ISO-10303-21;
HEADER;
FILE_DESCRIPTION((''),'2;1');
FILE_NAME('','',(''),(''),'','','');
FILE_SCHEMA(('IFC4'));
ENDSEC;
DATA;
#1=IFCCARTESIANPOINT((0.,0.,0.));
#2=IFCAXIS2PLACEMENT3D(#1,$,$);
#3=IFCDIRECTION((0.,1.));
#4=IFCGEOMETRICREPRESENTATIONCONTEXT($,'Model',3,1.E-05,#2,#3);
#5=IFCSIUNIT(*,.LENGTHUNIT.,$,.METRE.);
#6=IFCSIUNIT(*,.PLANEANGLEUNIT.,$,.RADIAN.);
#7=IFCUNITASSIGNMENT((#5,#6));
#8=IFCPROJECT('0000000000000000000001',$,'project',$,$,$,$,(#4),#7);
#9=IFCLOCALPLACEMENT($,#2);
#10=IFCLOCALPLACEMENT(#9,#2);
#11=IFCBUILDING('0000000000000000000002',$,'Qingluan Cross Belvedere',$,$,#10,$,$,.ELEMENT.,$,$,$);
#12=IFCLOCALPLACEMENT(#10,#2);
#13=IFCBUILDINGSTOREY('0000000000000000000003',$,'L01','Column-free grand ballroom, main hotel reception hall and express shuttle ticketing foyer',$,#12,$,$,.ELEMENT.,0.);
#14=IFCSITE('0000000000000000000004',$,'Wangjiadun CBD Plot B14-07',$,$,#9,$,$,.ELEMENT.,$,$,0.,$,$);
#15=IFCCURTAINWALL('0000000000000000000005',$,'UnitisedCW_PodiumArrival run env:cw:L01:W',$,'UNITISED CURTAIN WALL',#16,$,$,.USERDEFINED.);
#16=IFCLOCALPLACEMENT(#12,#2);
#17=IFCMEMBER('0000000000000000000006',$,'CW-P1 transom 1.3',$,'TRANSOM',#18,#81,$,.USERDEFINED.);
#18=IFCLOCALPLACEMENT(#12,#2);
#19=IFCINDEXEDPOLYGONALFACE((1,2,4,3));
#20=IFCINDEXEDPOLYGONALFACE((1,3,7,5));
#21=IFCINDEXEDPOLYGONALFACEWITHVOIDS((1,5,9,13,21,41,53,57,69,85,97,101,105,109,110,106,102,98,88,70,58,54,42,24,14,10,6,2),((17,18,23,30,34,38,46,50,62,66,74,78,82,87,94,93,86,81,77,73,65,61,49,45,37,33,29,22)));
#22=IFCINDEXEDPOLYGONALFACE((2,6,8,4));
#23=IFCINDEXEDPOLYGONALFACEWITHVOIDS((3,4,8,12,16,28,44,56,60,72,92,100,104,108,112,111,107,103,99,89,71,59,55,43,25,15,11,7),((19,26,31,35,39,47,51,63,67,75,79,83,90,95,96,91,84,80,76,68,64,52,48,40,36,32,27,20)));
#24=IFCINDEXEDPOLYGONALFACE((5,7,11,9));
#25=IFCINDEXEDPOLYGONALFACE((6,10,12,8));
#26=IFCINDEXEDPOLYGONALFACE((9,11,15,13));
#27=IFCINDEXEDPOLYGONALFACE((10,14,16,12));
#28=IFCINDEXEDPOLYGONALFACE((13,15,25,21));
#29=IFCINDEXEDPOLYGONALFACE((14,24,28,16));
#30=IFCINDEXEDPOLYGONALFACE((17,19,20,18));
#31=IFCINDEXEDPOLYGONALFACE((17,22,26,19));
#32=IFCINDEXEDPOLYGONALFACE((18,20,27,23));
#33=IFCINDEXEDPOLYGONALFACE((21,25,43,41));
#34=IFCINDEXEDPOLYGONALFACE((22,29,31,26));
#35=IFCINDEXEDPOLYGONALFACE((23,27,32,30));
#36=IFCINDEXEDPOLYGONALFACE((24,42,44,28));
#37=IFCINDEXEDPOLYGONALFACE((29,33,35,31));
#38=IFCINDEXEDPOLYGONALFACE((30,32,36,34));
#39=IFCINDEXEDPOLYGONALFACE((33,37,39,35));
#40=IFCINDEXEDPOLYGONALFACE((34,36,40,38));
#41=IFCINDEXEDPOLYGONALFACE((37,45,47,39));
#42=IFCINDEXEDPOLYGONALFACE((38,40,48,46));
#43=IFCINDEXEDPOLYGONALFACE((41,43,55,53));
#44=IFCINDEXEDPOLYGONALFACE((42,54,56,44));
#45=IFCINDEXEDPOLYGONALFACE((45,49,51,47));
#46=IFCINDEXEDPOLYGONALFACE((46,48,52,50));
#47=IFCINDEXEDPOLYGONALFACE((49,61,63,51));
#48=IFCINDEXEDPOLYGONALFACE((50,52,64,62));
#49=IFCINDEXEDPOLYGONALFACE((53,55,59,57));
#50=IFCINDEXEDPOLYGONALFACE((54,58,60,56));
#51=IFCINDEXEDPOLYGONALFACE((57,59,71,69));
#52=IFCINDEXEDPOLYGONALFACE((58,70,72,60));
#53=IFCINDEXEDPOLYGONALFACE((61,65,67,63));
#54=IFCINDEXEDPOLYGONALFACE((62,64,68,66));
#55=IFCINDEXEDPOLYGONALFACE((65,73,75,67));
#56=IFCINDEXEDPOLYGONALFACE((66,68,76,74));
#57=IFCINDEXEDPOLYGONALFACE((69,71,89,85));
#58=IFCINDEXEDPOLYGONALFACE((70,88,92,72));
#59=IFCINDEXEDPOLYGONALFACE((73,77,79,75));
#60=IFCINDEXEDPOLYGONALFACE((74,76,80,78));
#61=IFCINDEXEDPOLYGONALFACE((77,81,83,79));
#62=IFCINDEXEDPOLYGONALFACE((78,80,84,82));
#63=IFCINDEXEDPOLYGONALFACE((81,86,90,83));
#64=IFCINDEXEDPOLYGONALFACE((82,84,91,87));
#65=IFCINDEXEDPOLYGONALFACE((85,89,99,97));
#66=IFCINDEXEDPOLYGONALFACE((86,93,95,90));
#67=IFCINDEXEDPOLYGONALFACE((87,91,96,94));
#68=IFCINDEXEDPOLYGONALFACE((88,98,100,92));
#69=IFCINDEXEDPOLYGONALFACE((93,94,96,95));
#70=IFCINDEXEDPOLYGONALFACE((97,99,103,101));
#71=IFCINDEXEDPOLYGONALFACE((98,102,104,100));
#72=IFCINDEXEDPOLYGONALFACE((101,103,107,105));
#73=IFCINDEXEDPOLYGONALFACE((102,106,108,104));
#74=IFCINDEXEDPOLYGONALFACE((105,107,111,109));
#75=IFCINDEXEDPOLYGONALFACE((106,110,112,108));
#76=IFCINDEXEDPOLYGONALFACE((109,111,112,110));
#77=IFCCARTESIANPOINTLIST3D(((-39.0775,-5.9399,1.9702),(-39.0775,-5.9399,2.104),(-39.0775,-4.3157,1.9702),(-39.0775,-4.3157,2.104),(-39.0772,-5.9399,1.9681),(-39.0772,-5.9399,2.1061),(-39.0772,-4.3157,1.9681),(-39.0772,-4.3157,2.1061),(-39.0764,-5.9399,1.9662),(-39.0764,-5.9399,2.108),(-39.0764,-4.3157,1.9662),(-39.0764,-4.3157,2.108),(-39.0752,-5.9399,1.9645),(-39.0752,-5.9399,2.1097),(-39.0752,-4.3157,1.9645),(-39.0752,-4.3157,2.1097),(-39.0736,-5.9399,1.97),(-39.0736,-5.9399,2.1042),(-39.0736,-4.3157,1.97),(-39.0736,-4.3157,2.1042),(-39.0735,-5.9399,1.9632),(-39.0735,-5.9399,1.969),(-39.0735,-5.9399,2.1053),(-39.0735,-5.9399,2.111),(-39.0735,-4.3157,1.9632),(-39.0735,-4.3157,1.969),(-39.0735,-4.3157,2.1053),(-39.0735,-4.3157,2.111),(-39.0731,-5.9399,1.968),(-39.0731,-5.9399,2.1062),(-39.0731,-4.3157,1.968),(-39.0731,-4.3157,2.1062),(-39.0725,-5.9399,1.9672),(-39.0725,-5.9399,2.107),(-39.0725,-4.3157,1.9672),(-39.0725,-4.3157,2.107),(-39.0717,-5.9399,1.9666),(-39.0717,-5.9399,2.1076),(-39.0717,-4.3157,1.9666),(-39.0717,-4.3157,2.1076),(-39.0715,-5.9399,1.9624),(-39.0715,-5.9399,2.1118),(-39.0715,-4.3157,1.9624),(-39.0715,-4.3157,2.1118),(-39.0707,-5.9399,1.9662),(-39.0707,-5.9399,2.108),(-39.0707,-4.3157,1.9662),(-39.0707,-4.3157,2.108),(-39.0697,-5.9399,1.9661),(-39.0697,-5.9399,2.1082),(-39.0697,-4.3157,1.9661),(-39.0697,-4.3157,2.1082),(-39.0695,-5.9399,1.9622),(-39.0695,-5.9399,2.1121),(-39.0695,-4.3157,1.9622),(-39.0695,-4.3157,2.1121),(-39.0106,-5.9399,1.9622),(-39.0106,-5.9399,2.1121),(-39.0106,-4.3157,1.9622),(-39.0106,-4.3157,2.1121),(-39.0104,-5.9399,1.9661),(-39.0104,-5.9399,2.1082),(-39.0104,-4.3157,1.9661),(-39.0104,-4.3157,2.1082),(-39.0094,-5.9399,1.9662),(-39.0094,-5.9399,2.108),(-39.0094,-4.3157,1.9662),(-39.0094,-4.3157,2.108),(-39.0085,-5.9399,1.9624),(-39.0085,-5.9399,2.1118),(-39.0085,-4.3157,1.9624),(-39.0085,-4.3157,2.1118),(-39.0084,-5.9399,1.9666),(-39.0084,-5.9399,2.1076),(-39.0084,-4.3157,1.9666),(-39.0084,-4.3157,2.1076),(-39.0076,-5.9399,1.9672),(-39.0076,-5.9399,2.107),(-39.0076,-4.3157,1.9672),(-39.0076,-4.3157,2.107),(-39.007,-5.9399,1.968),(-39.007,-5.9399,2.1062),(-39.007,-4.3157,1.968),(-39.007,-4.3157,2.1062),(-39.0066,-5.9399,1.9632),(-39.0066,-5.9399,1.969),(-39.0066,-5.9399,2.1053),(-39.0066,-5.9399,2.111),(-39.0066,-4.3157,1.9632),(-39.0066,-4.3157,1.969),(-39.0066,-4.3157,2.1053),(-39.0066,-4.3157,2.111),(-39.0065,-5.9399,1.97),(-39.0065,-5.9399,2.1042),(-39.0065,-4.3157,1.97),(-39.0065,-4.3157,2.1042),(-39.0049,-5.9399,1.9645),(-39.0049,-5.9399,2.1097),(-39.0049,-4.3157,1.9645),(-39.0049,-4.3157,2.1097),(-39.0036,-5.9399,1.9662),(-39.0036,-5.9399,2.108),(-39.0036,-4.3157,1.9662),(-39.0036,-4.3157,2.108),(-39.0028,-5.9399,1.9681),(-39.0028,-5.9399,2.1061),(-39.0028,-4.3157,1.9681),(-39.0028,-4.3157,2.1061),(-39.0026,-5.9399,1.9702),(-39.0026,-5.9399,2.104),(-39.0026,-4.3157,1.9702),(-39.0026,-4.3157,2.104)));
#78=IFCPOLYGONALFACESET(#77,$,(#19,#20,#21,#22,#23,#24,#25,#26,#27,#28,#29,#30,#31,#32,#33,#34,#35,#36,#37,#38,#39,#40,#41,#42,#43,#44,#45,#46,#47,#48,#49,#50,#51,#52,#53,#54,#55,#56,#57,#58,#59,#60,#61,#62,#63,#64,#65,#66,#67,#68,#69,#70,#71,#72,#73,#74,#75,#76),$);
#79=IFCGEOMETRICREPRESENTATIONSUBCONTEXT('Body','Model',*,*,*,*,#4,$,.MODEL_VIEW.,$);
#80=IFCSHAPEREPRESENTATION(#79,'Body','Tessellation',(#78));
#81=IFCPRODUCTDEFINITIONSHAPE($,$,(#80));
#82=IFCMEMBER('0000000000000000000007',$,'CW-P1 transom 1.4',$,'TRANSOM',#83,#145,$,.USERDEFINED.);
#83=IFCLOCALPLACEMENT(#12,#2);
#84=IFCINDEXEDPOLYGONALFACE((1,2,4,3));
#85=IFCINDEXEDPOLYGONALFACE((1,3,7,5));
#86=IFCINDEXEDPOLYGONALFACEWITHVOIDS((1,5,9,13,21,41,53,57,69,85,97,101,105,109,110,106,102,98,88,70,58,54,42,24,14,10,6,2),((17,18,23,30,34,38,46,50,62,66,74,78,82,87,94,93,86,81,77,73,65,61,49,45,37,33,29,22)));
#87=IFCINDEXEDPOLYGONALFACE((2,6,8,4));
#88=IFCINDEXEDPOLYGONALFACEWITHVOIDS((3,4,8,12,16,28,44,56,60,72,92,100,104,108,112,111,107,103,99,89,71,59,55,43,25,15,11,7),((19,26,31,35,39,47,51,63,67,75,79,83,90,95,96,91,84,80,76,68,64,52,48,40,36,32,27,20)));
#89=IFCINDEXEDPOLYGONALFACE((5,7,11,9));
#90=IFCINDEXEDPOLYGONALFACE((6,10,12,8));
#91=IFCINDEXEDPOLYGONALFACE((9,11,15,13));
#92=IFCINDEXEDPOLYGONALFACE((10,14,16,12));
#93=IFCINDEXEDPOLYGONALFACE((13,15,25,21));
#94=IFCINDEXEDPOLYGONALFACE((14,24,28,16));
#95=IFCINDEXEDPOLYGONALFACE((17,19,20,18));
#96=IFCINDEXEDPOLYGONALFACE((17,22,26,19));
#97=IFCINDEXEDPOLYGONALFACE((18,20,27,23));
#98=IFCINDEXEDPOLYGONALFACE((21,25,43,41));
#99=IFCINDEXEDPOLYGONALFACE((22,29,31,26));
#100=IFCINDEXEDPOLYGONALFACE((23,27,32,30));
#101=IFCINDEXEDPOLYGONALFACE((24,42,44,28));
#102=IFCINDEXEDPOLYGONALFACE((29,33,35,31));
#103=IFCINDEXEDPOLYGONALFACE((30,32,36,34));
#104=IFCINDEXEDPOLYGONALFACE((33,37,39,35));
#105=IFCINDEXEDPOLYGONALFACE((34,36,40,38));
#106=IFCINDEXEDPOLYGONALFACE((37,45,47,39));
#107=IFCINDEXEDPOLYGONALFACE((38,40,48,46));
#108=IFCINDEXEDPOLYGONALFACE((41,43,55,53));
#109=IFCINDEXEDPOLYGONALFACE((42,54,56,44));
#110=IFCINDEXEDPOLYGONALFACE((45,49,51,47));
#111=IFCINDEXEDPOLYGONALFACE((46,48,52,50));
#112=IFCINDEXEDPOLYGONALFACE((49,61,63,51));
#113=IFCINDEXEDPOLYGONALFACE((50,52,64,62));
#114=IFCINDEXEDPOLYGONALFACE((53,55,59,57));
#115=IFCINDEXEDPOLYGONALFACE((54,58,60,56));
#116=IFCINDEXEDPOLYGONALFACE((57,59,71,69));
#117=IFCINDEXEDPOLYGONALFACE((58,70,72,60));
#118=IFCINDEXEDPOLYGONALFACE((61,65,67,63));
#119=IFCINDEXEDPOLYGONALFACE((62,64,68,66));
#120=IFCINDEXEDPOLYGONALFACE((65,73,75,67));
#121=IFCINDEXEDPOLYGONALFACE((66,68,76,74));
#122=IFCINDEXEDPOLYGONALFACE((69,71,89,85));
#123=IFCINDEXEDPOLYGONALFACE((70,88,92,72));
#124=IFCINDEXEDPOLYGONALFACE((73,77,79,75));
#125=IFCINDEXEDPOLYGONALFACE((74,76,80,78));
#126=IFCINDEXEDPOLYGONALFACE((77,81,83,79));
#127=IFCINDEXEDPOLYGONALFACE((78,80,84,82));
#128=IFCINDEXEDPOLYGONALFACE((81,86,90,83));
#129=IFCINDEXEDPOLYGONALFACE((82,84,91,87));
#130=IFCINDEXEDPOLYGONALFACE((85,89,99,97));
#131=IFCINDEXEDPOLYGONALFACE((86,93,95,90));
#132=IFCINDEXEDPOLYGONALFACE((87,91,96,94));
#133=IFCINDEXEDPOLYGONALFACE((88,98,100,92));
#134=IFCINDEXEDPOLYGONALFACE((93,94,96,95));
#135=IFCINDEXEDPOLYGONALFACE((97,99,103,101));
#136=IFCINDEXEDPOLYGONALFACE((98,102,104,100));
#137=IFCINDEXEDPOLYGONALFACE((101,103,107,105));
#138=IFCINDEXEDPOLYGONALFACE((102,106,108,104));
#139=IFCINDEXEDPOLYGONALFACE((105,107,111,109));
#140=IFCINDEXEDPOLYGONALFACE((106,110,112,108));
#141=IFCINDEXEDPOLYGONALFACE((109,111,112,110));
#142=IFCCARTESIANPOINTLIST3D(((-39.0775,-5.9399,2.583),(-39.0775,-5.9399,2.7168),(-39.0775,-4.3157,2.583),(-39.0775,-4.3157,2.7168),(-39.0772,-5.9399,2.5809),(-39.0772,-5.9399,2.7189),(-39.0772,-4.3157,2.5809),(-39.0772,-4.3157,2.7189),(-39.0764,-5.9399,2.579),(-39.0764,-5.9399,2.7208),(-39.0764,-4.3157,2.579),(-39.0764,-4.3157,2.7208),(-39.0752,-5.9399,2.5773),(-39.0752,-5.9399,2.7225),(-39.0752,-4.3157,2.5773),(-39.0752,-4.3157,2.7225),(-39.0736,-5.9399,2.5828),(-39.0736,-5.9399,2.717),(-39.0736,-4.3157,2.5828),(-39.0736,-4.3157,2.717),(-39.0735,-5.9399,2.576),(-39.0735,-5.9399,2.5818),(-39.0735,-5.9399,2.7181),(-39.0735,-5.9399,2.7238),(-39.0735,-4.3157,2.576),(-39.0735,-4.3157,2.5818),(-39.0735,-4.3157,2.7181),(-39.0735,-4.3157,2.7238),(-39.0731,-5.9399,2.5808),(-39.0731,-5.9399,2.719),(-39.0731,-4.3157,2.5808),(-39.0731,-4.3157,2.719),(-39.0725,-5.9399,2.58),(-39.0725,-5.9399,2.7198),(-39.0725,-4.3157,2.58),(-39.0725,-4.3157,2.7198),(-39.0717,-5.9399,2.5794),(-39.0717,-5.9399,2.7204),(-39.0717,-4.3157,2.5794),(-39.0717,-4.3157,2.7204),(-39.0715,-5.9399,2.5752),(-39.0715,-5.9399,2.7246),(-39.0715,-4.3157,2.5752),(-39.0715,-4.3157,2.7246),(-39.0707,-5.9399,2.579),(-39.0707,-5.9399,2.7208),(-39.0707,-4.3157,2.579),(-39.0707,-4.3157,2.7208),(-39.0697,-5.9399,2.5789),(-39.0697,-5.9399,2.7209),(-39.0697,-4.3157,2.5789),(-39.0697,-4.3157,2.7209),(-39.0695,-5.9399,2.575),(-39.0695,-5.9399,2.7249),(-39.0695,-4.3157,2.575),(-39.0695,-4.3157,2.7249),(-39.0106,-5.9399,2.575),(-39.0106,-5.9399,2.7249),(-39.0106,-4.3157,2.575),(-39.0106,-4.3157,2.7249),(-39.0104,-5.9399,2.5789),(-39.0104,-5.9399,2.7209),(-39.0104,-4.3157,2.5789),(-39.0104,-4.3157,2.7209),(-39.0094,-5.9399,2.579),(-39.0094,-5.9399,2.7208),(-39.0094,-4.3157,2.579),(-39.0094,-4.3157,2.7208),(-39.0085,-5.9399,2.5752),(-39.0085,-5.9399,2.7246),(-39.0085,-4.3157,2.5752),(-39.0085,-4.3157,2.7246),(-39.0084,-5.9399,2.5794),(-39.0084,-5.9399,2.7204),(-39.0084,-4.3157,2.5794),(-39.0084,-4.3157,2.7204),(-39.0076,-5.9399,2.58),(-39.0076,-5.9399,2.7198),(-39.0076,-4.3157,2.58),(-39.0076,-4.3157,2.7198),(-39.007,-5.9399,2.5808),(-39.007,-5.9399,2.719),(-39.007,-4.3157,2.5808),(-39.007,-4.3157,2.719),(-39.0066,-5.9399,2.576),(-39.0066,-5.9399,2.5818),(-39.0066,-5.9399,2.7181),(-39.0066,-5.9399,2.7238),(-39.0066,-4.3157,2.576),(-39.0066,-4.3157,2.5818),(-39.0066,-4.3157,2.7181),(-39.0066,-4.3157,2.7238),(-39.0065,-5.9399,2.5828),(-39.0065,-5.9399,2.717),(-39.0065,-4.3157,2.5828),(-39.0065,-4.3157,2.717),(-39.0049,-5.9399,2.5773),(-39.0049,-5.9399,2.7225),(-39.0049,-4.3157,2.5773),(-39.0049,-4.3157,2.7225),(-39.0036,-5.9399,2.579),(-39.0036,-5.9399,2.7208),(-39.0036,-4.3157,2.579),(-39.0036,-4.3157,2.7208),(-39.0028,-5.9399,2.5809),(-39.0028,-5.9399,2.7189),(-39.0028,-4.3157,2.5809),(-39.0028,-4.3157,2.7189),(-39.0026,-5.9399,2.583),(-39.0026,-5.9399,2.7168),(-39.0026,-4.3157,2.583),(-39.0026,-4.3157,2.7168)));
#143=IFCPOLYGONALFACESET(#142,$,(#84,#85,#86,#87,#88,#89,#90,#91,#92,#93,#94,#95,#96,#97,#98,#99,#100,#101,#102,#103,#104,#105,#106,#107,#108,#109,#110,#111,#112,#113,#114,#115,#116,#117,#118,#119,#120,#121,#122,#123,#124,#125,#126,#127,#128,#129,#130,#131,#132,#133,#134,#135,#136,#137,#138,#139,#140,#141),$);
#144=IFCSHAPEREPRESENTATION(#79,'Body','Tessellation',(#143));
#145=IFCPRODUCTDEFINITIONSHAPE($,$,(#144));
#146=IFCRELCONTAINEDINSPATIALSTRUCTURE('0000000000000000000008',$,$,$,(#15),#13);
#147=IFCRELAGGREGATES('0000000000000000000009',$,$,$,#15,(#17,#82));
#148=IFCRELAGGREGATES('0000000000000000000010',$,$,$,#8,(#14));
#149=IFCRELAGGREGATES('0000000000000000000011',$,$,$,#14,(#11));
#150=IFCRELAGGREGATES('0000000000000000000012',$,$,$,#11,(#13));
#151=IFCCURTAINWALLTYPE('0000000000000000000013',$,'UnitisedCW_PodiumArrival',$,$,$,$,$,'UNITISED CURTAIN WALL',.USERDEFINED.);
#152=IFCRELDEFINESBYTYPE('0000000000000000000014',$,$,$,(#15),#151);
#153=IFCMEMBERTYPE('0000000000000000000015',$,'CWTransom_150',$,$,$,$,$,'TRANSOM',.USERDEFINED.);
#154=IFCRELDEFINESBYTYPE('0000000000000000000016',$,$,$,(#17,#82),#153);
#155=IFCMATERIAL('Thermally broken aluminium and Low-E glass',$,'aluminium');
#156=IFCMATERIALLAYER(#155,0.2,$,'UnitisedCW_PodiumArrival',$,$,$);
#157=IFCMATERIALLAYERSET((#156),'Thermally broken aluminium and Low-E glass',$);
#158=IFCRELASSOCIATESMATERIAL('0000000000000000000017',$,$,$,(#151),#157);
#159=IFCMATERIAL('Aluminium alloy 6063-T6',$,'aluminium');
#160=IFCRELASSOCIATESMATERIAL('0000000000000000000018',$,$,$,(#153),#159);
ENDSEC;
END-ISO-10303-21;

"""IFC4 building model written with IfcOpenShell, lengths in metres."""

from ifc_helpers import new_model, si_unit, direction, frame, origin, origin_2d, place, context, subcontext, project, spatial, hollow_rectangle, extrude, material, layer, layer_set, material_profile, profile_set, type_object, element, aggregate, save


model = new_model("IFC4")

# Units and contexts
model_context = context("Model", 3, precision=1e-05, world=origin(), true_north=direction((0.0, 1.0)))
body_context = subcontext(model_context, "Body", "Model", "MODEL_VIEW")
ifc_project = project(units=[si_unit("LENGTHUNIT", "METRE"), si_unit("PLANEANGLEUNIT", "RADIAN")], contexts=[model_context])

# Site, building, storey
site_placement = place(None, origin())
site = spatial("IfcSite", under=ifc_project, at=site_placement, Name="Wangjiadun CBD Plot B14-07", CompositionType="ELEMENT", RefElevation=0.0)
building_placement = place(site_placement, origin())
building = spatial("IfcBuilding", under=site, at=building_placement, Name="Qingluan Cross Belvedere", CompositionType="ELEMENT")
storey_placement = place(building_placement, origin())
storey = spatial("IfcBuildingStorey", under=building, at=storey_placement, Name="L01", Description="Column-free grand ballroom, main hotel reception hall and express shuttle ticketing foyer", CompositionType="ELEMENT", Elevation=0.0)

# Curtain wall, members
ifc_material_1 = material(Name="Thermally broken aluminium and Low-E glass", Category="aluminium")
ifc_layer_1 = layer(ifc_material_1, 0.2, Name="UnitisedCW_PodiumArrival")
ifc_layer_set_1 = layer_set([ifc_layer_1], Name="Thermally broken aluminium and Low-E glass")
curtain_wall_type = type_object("IfcCurtainWallType", Name="UnitisedCW_PodiumArrival", ElementType="UNITISED CURTAIN WALL", PredefinedType="USERDEFINED", material=ifc_layer_set_1)
curtain_wall_placement = place(storey_placement, origin())
curtain_wall = element("IfcCurtainWall", 1, at=curtain_wall_placement, inside=storey, type_object=curtain_wall_type, Name="UnitisedCW_PodiumArrival run env:cw:L01:W", ObjectType="UNITISED CURTAIN WALL", PredefinedType="USERDEFINED")
ifc_material_2 = material(Name="Aluminium alloy 6063-T6", Category="aluminium")
ifc_material_profile_1 = material_profile(ifc_material_2, hollow_rectangle(XDim=0.075, YDim=0.1499, WallThickness=0.0039, InnerFilletRadius=0.0039, OuterFilletRadius=0.0081, at=origin_2d()), Name="CWT150x75x4")
ifc_profile_set_1 = profile_set([ifc_material_profile_1], Name="Aluminium alloy 6063-T6")
member_type_1 = type_object("IfcMemberType", Name="CWTransom_150", ElementType="TRANSOM", PredefinedType="USERDEFINED", material=ifc_profile_set_1)
member_1_placement = place(storey_placement, frame((-39.04, -5.9399, 2.0371), z_axis=(0.0, 1.0, 0.0), x_axis=(-1.0, 0.0, 0.0)))
member_1 = element("IfcMember", 2, at=member_1_placement, type_object=member_type_1, Name="CW-P1 transom 1.3", ObjectType="TRANSOM", PredefinedType="USERDEFINED", context=body_context, shape_type="SweptSolid", body=[
    extrude(hollow_rectangle(XDim=0.075, YDim=0.1499, WallThickness=0.0039, InnerFilletRadius=0.0039, OuterFilletRadius=0.0081, at=origin_2d()), origin(), (0.0, 0.0, 1.0), 1.6243),
])
member_2_placement = place(storey_placement, frame((-39.04, -5.9399, 2.6499), z_axis=(0.0, 1.0, 0.0), x_axis=(-1.0, 0.0, 0.0)))
member_2 = element("IfcMember", 3, at=member_2_placement, type_object=member_type_1, Name="CW-P1 transom 1.4", ObjectType="TRANSOM", PredefinedType="USERDEFINED", context=body_context, shape_type="SweptSolid", body=[
    extrude(hollow_rectangle(XDim=0.075, YDim=0.1499, WallThickness=0.0039, InnerFilletRadius=0.0039, OuterFilletRadius=0.0081, at=origin_2d()), origin(), (0.0, 0.0, 1.0), 1.6243),
])
aggregate(curtain_wall, [member_1, member_2])

save(model, "model.ifc")
